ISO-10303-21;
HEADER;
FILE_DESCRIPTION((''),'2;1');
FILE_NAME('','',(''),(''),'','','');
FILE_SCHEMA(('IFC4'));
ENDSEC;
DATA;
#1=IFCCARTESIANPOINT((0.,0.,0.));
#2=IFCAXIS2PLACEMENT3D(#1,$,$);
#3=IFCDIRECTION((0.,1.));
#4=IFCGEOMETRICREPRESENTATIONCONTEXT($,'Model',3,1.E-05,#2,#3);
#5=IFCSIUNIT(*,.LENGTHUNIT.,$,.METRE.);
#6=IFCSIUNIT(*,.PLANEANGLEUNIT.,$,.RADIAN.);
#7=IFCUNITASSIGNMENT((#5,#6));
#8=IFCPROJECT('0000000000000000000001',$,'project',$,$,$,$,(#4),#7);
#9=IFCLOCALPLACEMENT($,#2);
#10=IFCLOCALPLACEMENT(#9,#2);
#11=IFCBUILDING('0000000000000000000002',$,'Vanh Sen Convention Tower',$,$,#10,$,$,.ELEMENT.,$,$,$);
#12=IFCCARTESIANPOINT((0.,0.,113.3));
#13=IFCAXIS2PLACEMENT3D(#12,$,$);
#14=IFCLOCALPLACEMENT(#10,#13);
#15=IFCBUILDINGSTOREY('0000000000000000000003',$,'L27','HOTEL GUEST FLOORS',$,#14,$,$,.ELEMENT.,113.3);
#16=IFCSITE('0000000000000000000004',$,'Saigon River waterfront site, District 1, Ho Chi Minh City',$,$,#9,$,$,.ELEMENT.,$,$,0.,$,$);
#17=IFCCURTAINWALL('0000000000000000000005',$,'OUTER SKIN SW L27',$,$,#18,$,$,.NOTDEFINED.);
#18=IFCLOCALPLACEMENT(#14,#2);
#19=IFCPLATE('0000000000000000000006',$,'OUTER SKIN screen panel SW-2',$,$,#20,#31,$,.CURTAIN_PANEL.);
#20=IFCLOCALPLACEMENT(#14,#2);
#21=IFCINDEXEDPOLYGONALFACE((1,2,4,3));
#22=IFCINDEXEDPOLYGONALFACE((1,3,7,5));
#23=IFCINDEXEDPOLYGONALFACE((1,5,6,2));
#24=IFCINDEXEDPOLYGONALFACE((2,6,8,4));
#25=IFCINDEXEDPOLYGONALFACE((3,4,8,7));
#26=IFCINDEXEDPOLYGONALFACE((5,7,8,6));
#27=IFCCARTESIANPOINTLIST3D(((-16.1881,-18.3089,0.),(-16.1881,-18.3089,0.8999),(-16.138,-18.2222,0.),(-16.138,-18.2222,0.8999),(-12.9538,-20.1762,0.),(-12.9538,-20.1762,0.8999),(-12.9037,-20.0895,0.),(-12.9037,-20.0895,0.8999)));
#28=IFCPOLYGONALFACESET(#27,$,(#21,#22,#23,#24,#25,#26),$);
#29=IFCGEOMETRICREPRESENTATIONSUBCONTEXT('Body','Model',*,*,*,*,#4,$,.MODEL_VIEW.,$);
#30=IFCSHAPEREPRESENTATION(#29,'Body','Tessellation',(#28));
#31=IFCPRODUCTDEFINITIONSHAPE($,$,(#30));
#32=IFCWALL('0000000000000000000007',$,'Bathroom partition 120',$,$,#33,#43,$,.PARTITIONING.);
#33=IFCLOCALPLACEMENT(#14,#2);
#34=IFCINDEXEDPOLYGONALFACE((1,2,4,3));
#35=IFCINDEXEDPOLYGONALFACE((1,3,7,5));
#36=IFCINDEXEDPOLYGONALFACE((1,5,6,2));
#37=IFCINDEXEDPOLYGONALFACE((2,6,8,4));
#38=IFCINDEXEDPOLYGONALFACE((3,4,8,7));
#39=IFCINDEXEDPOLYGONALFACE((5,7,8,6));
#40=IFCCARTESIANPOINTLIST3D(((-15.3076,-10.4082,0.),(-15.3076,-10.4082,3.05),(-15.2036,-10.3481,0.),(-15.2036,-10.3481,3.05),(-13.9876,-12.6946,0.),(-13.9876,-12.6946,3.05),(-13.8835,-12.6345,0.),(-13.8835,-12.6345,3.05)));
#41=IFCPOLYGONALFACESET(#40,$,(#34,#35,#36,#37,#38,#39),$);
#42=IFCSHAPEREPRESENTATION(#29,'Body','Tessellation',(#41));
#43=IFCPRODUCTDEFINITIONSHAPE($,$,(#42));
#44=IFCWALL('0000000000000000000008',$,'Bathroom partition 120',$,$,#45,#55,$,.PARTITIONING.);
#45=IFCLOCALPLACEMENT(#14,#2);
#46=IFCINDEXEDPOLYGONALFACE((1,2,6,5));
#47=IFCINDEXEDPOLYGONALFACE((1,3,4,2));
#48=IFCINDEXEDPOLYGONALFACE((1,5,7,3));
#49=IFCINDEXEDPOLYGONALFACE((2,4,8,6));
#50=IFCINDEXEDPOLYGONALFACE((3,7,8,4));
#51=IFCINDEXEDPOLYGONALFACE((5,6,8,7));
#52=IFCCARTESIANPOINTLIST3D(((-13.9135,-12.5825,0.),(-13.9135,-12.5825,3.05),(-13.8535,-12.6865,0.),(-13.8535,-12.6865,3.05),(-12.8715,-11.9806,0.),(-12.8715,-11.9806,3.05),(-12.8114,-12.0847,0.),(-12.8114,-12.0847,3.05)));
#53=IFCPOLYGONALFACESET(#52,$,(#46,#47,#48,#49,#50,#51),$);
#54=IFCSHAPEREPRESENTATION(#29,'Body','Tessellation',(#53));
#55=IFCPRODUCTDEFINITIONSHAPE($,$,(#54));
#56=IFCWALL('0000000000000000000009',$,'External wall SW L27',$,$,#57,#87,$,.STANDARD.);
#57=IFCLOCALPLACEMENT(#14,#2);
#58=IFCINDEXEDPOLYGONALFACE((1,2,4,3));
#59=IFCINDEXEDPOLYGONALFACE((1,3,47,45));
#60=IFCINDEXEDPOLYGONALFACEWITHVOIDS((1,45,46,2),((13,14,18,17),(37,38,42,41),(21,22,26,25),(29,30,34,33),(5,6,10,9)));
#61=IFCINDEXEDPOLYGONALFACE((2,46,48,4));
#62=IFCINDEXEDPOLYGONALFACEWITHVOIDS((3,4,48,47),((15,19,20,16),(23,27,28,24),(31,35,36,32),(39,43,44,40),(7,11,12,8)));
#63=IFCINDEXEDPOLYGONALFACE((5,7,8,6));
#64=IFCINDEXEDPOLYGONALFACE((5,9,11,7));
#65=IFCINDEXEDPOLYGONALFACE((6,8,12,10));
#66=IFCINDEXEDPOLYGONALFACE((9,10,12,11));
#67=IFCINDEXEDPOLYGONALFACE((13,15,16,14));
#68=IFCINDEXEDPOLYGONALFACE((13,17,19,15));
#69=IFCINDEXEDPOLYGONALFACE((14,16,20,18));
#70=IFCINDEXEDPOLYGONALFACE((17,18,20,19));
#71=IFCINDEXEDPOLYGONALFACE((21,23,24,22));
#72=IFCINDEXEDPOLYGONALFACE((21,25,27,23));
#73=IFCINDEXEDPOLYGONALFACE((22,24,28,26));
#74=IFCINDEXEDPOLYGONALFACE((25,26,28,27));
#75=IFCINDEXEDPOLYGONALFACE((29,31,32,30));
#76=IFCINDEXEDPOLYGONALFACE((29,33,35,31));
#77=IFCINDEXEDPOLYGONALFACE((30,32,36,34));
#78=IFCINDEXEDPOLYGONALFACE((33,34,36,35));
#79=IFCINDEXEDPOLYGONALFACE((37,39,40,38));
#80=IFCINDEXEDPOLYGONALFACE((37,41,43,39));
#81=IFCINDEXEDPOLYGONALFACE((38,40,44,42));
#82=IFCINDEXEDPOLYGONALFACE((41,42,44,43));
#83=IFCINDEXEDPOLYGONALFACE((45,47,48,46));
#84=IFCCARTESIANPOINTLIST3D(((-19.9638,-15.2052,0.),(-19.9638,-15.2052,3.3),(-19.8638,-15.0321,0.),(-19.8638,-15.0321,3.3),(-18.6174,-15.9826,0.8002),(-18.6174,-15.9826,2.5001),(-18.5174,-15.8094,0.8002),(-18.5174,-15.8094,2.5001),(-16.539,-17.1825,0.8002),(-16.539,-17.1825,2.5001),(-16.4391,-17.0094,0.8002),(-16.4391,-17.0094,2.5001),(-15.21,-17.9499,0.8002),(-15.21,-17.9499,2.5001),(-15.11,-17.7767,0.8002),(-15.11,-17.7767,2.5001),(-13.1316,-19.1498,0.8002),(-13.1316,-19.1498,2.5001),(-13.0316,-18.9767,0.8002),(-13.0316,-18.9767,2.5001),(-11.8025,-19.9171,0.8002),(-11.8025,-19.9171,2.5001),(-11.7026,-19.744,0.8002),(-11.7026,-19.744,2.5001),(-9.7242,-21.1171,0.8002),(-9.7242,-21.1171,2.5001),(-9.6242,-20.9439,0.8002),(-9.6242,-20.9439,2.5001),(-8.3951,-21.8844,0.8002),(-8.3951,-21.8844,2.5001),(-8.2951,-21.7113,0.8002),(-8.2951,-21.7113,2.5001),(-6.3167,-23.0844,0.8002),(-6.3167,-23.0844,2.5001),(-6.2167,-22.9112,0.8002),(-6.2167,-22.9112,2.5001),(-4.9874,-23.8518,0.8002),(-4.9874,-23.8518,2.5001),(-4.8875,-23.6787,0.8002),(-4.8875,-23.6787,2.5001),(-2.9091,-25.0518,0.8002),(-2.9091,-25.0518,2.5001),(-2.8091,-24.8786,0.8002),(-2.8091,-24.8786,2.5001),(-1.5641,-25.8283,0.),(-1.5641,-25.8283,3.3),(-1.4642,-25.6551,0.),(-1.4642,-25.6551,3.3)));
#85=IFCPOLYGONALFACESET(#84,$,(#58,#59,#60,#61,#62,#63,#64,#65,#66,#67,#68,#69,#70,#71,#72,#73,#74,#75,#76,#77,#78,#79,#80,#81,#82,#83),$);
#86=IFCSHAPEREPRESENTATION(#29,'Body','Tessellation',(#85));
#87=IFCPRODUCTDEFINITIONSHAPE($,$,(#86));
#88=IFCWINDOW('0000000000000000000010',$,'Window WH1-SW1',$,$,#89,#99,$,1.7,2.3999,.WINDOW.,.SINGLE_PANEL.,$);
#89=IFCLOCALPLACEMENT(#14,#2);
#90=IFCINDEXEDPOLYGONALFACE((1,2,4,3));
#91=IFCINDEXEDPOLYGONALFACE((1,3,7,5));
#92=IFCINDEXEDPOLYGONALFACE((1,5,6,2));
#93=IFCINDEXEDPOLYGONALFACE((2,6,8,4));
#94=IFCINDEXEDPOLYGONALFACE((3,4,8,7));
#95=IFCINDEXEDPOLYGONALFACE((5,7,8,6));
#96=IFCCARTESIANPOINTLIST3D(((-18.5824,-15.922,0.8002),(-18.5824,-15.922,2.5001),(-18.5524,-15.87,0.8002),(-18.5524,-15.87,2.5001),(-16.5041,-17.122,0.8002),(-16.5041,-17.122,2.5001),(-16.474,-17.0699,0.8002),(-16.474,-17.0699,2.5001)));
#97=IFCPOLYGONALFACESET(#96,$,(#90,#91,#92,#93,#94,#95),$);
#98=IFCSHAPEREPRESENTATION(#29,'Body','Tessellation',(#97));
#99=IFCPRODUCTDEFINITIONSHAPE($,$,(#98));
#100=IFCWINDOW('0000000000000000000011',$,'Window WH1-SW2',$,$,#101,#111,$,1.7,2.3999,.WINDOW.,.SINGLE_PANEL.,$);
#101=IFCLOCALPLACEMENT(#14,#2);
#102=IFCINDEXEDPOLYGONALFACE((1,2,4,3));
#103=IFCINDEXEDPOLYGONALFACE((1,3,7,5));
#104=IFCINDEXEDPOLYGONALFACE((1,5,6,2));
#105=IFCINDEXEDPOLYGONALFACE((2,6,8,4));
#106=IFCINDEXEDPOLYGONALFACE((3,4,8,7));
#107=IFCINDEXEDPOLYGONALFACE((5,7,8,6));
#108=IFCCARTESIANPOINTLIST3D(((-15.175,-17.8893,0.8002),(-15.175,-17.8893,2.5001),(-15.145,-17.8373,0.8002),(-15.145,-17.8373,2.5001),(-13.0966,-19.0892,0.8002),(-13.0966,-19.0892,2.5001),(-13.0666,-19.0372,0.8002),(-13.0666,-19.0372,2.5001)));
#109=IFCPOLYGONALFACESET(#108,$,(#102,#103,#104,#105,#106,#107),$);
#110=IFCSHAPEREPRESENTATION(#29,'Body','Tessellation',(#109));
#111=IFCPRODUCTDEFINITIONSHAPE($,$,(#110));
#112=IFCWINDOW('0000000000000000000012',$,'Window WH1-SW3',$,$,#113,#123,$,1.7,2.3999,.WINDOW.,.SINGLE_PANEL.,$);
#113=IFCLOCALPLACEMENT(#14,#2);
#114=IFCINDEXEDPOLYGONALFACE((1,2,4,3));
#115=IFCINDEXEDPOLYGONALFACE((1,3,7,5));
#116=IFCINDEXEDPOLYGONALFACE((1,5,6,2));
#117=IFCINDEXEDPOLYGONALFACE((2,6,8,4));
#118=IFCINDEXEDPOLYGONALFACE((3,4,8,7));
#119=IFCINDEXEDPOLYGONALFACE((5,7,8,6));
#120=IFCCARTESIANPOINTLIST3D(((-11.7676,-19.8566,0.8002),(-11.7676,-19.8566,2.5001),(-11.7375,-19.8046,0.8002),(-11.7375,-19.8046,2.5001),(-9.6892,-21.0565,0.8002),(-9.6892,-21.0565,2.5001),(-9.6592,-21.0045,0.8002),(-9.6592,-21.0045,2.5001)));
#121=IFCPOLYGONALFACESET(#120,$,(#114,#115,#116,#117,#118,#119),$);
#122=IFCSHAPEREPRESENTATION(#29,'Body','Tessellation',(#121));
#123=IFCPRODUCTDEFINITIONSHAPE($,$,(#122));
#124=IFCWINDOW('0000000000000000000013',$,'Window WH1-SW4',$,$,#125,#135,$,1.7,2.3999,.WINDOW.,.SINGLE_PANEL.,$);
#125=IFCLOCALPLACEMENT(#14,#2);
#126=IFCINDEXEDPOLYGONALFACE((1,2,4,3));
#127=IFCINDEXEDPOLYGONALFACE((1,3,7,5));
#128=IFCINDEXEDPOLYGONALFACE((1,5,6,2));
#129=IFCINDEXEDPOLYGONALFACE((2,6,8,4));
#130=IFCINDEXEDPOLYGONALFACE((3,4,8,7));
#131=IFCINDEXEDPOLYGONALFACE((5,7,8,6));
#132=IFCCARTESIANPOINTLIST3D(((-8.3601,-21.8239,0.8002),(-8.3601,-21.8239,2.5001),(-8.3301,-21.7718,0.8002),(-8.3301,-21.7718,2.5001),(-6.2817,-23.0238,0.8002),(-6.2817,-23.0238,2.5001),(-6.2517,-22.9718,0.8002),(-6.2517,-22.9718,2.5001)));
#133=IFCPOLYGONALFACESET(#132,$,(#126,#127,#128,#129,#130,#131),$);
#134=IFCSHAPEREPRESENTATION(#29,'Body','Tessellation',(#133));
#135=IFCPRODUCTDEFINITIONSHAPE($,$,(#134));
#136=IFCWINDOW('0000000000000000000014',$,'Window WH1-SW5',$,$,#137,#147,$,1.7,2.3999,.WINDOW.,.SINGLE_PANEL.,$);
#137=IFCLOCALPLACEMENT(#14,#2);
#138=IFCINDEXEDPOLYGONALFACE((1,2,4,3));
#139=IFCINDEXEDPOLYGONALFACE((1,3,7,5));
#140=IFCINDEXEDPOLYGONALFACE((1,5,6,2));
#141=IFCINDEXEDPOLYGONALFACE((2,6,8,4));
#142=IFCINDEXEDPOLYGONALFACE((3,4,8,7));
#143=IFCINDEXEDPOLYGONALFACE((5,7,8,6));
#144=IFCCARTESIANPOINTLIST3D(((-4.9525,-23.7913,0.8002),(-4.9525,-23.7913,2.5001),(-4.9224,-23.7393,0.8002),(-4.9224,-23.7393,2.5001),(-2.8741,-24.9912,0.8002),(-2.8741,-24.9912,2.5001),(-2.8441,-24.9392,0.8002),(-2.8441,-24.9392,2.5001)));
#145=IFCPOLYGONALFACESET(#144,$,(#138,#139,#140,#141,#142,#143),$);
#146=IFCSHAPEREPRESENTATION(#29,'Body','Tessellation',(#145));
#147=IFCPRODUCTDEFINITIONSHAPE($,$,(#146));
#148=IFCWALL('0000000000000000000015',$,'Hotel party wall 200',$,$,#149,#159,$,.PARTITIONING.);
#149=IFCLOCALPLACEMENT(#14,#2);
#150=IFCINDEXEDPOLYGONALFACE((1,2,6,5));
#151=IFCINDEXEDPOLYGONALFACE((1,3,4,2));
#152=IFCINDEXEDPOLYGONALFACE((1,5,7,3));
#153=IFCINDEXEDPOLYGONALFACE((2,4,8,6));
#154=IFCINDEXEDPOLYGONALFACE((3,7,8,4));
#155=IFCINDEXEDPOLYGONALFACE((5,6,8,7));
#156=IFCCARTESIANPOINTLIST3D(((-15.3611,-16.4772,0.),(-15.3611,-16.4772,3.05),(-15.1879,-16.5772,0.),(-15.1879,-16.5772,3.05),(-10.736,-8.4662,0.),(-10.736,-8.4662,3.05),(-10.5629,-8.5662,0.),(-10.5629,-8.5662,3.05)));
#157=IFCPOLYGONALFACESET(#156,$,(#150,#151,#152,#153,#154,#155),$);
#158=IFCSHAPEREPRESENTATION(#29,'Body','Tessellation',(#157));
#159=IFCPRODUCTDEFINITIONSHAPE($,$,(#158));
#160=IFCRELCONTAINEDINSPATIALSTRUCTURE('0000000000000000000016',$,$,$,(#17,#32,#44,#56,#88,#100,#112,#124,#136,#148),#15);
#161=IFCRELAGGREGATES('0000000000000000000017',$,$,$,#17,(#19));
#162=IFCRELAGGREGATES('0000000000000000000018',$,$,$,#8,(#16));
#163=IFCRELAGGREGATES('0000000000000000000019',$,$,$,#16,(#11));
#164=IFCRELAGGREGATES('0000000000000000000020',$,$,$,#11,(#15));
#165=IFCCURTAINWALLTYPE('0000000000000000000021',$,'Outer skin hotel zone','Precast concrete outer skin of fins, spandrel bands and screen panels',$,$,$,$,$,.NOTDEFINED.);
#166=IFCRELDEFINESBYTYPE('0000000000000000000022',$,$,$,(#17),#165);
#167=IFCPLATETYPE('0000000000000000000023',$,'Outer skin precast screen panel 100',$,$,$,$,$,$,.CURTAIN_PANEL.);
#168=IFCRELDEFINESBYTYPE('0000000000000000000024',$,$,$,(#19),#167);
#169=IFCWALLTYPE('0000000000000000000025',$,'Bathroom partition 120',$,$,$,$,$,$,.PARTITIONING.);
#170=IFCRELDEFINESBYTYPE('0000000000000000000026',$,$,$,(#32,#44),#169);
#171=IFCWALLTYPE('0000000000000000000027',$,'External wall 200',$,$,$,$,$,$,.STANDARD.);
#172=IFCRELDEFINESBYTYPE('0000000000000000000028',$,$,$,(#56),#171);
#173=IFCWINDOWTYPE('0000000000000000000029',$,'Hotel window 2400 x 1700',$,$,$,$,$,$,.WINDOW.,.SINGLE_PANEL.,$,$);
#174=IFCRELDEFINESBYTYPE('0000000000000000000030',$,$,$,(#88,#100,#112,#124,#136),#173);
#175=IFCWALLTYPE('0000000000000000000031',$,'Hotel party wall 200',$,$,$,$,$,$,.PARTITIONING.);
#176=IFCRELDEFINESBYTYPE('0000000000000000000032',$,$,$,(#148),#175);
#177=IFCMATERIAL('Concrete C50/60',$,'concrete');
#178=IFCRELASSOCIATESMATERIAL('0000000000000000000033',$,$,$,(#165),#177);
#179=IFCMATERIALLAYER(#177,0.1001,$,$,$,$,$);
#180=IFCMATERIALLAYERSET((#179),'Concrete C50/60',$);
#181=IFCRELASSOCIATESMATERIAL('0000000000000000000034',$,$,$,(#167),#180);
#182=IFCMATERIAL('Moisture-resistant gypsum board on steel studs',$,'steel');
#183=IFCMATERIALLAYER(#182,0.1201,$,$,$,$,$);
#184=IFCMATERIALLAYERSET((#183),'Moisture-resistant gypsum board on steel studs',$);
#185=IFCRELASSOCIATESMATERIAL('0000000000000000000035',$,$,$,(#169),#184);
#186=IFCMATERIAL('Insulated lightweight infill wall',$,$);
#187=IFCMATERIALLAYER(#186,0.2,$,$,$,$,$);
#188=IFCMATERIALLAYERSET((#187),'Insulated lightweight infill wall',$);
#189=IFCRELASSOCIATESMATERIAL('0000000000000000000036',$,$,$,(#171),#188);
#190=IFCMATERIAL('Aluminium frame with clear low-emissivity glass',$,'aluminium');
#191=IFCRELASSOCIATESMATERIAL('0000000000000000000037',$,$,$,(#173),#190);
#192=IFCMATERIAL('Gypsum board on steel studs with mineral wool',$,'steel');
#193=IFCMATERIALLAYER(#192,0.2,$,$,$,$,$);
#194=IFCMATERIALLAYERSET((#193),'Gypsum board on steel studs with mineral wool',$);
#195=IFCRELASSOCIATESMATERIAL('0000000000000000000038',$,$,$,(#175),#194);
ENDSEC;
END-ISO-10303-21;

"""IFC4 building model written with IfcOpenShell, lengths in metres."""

from ifc_helpers import new_model, si_unit, direction, frame, frame_2d, origin, origin_2d, place, context, subcontext, project, spatial, rectangle, extrude, material, layer, layer_set, type_object, element, fill, aggregate, save


model = new_model("IFC4")

# Units and contexts
model_context = context("Model", 3, precision=1e-05, world=origin(), true_north=direction((0.0, 1.0)))
body_context = subcontext(model_context, "Body", "Model", "MODEL_VIEW")
ifc_project = project(units=[si_unit("LENGTHUNIT", "METRE"), si_unit("PLANEANGLEUNIT", "RADIAN")], contexts=[model_context])

# Site, building, storey
site_placement = place(None, origin())
site = spatial("IfcSite", under=ifc_project, at=site_placement, Name="Saigon River waterfront site, District 1, Ho Chi Minh City", CompositionType="ELEMENT", RefElevation=0.0)
building_placement = place(site_placement, origin())
building = spatial("IfcBuilding", under=site, at=building_placement, Name="Vanh Sen Convention Tower", CompositionType="ELEMENT")
storey_placement = place(building_placement, frame((0.0, 0.0, 113.3)))
storey = spatial("IfcBuildingStorey", under=building, at=storey_placement, Name="L27", Description="HOTEL GUEST FLOORS", CompositionType="ELEMENT", Elevation=113.3)

# Curtain wall
ifc_material_1 = material(Name="Concrete C50/60", Category="concrete")
curtain_wall_type = type_object("IfcCurtainWallType", Name="Outer skin hotel zone", Description="Precast concrete outer skin of fins, spandrel bands and screen panels", PredefinedType="NOTDEFINED", material=ifc_material_1)
curtain_wall_1_placement = place(storey_placement, origin())
curtain_wall_1 = element("IfcCurtainWall", 1, at=curtain_wall_1_placement, inside=storey, type_object=curtain_wall_type, Name="OUTER SKIN SW L27", PredefinedType="NOTDEFINED")

# Shared definitions
ifc_layer_1 = layer(ifc_material_1, 0.1001)
ifc_layer_set_1 = layer_set([ifc_layer_1], Name="Concrete C50/60")
plate_type = type_object("IfcPlateType", Name="Outer skin precast screen panel 100", PredefinedType="CURTAIN_PANEL", material=ifc_layer_set_1)

# Plate
plate_1_placement = place(storey_placement, frame((-14.5459, -19.1992, 0.0), z_axis=(0.0, 0.0, 1.0), x_axis=(0.866032, -0.499988, 0.0)))
plate_1 = element("IfcPlate", 2, at=plate_1_placement, type_object=plate_type, Name="OUTER SKIN screen panel SW-2", PredefinedType="CURTAIN_PANEL", context=body_context, shape_type="SweptSolid", body=[
    extrude(rectangle(XDim=3.7346, YDim=0.1001, at=origin_2d()), origin(), (0.0, 0.0, 1.0), 0.8999),
])
aggregate(curtain_wall_1, [plate_1])

# Walls
ifc_material_2 = material(Name="Moisture-resistant gypsum board on steel studs", Category="steel")
ifc_layer_2 = layer(ifc_material_2, 0.1201)
ifc_layer_set_2 = layer_set([ifc_layer_2], Name="Moisture-resistant gypsum board on steel studs")
wall_type_1 = type_object("IfcWallType", Name="Bathroom partition 120", PredefinedType="PARTITIONING", material=ifc_layer_set_2)
wall_1_placement = place(storey_placement, frame((-13.9355, -12.6646, 0.0), z_axis=(0.0, 0.0, 1.0), x_axis=(-0.500008, 0.866021, 0.0)))
element("IfcWall", 3, at=wall_1_placement, inside=storey, type_object=wall_type_1, Name="Bathroom partition 120", PredefinedType="PARTITIONING", context=body_context, shape_type="SweptSolid", body=[
    extrude(rectangle(XDim=2.6401, YDim=0.1201, at=frame_2d((1.3201, 0.0))), origin(), (0.0, 0.0, 1.0), 3.05),
])
wall_2_placement = place(storey_placement, frame((-12.8416, -12.0327, 0.0), z_axis=(0.0, 0.0, 1.0), x_axis=(-0.865949, -0.500132, 0.0)))
element("IfcWall", 4, at=wall_2_placement, inside=storey, type_object=wall_type_1, Name="Bathroom partition 120", PredefinedType="PARTITIONING", context=body_context, shape_type="SweptSolid", body=[
    extrude(rectangle(XDim=1.2034, YDim=0.1201, at=frame_2d((0.6016, 0.0))), origin(), (0.0, 0.0, 1.0), 3.05),
])

# Wall, openings, windows
ifc_material_3 = material(Name="Insulated lightweight infill wall")
ifc_layer_3 = layer(ifc_material_3, 0.2)
ifc_layer_set_3 = layer_set([ifc_layer_3], Name="Insulated lightweight infill wall")
wall_type_2 = type_object("IfcWallType", Name="External wall 200", PredefinedType="STANDARD", material=ifc_layer_set_3)
wall_3_placement = place(storey_placement, frame((-19.9138, -15.1187, 0.0), z_axis=(0.0, 0.0, 1.0), x_axis=(0.866025, -0.5, 0.0)))
wall_3 = element("IfcWall", 5, at=wall_3_placement, inside=storey, type_object=wall_type_2, Name="External wall SW L27", PredefinedType="STANDARD", context=body_context, shape_type="SweptSolid", body=[
    extrude(rectangle(XDim=21.2461, YDim=0.2, at=frame_2d((10.623, 0.0))), origin(), (0.0, 0.0, 1.0), 3.3),
])
opening_1_placement = place(wall_3_placement, frame((1.5547, 0.0, 0.8)))
opening_1 = element("IfcOpeningElement", 6, at=opening_1_placement, cuts=wall_3, PredefinedType="OPENING", context=body_context, shape_type="SweptSolid", body=[
    extrude(rectangle(XDim=2.3999, YDim=1.7, at=frame_2d((1.2, 0.8501))), frame((0.0, 0.1099, 0.0), z_axis=(0.0, -1.0, 0.0), x_axis=(1.0, 0.0, 0.0)), (0.0, 0.0, 1.0), 0.22),
])
opening_2_placement = place(wall_3_placement, frame((5.4893, 0.0, 0.8)))
opening_2 = element("IfcOpeningElement", 7, at=opening_2_placement, cuts=wall_3, PredefinedType="OPENING", context=body_context, shape_type="SweptSolid", body=[
    extrude(rectangle(XDim=2.3999, YDim=1.7, at=frame_2d((1.2, 0.8501))), frame((0.0, 0.1099, 0.0), z_axis=(0.0, -1.0, 0.0), x_axis=(1.0, 0.0, 0.0)), (0.0, 0.0, 1.0), 0.22),
])
opening_3_placement = place(wall_3_placement, frame((9.4238, 0.0, 0.8)))
opening_3 = element("IfcOpeningElement", 8, at=opening_3_placement, cuts=wall_3, PredefinedType="OPENING", context=body_context, shape_type="SweptSolid", body=[
    extrude(rectangle(XDim=2.3999, YDim=1.7, at=frame_2d((1.2, 0.8501))), frame((0.0, 0.1099, 0.0), z_axis=(0.0, -1.0, 0.0), x_axis=(1.0, 0.0, 0.0)), (0.0, 0.0, 1.0), 0.22),
])
opening_4_placement = place(wall_3_placement, frame((13.3584, 0.0, 0.8)))
opening_4 = element("IfcOpeningElement", 9, at=opening_4_placement, cuts=wall_3, PredefinedType="OPENING", context=body_context, shape_type="SweptSolid", body=[
    extrude(rectangle(XDim=2.3999, YDim=1.7, at=frame_2d((1.2, 0.8501))), frame((0.0, 0.1099, 0.0), z_axis=(0.0, -1.0, 0.0), x_axis=(1.0, 0.0, 0.0)), (0.0, 0.0, 1.0), 0.22),
])
opening_5_placement = place(wall_3_placement, frame((17.2932, 0.0, 0.8)))
opening_5 = element("IfcOpeningElement", 10, at=opening_5_placement, cuts=wall_3, PredefinedType="OPENING", context=body_context, shape_type="SweptSolid", body=[
    extrude(rectangle(XDim=2.3999, YDim=1.7, at=frame_2d((1.2, 0.8501))), frame((0.0, 0.1099, 0.0), z_axis=(0.0, -1.0, 0.0), x_axis=(1.0, 0.0, 0.0)), (0.0, 0.0, 1.0), 0.22),
])
ifc_material_4 = material(Name="Aluminium frame with clear low-emissivity glass", Category="aluminium")
window_type = type_object("IfcWindowType", Name="Hotel window 2400 x 1700", PartitioningType="SINGLE_PANEL", PredefinedType="WINDOW", material=ifc_material_4)
window_1_placement = place(opening_1_placement, origin())
window_1 = element("IfcWindow", 11, at=window_1_placement, inside=storey, type_object=window_type, Name="Window WH1-SW1", OverallHeight=1.7, OverallWidth=2.3999, PartitioningType="SINGLE_PANEL", PredefinedType="WINDOW", context=body_context, shape_type="SweptSolid", body=[
    extrude(rectangle(XDim=2.3999, YDim=1.7, at=frame_2d((1.2, 0.8501))), frame((0.0, 0.03, 0.0), z_axis=(0.0, -1.0, 0.0), x_axis=(1.0, 0.0, 0.0)), (0.0, 0.0, 1.0), 0.0601),
])
fill(opening_1, window_1)
window_2_placement = place(opening_2_placement, origin())
window_2 = element("IfcWindow", 12, at=window_2_placement, inside=storey, type_object=window_type, Name="Window WH1-SW2", OverallHeight=1.7, OverallWidth=2.3999, PartitioningType="SINGLE_PANEL", PredefinedType="WINDOW", context=body_context, shape_type="SweptSolid", body=[
    extrude(rectangle(XDim=2.3999, YDim=1.7, at=frame_2d((1.2, 0.8501))), frame((0.0, 0.03, 0.0), z_axis=(0.0, -1.0, 0.0), x_axis=(1.0, 0.0, 0.0)), (0.0, 0.0, 1.0), 0.0601),
])
fill(opening_2, window_2)
window_3_placement = place(opening_3_placement, origin())
window_3 = element("IfcWindow", 13, at=window_3_placement, inside=storey, type_object=window_type, Name="Window WH1-SW3", OverallHeight=1.7, OverallWidth=2.3999, PartitioningType="SINGLE_PANEL", PredefinedType="WINDOW", context=body_context, shape_type="SweptSolid", body=[
    extrude(rectangle(XDim=2.3999, YDim=1.7, at=frame_2d((1.2, 0.8501))), frame((0.0, 0.03, 0.0), z_axis=(0.0, -1.0, 0.0), x_axis=(1.0, 0.0, 0.0)), (0.0, 0.0, 1.0), 0.0601),
])
fill(opening_3, window_3)
window_4_placement = place(opening_4_placement, origin())
window_4 = element("IfcWindow", 14, at=window_4_placement, inside=storey, type_object=window_type, Name="Window WH1-SW4", OverallHeight=1.7, OverallWidth=2.3999, PartitioningType="SINGLE_PANEL", PredefinedType="WINDOW", context=body_context, shape_type="SweptSolid", body=[
    extrude(rectangle(XDim=2.3999, YDim=1.7, at=frame_2d((1.2, 0.8501))), frame((0.0, 0.03, 0.0), z_axis=(0.0, -1.0, 0.0), x_axis=(1.0, 0.0, 0.0)), (0.0, 0.0, 1.0), 0.0601),
])
fill(opening_4, window_4)
window_5_placement = place(opening_5_placement, origin())
window_5 = element("IfcWindow", 15, at=window_5_placement, inside=storey, type_object=window_type, Name="Window WH1-SW5", OverallHeight=1.7, OverallWidth=2.3999, PartitioningType="SINGLE_PANEL", PredefinedType="WINDOW", context=body_context, shape_type="SweptSolid", body=[
    extrude(rectangle(XDim=2.3999, YDim=1.7, at=frame_2d((1.2, 0.8501))), frame((0.0, 0.03, 0.0), z_axis=(0.0, -1.0, 0.0), x_axis=(1.0, 0.0, 0.0)), (0.0, 0.0, 1.0), 0.0601),
])
fill(opening_5, window_5)

# Wall
ifc_material_5 = material(Name="Gypsum board on steel studs with mineral wool", Category="steel")
ifc_layer_4 = layer(ifc_material_5, 0.2)
ifc_layer_set_4 = layer_set([ifc_layer_4], Name="Gypsum board on steel studs with mineral wool")
wall_type_3 = type_object("IfcWallType", Name="Hotel party wall 200", PredefinedType="PARTITIONING", material=ifc_layer_set_4)
wall_4_placement = place(storey_placement, frame((-15.2744, -16.5271, 0.0), z_axis=(0.0, 0.0, 1.0), x_axis=(0.499988, 0.866032, 0.0)))
element("IfcWall", 16, at=wall_4_placement, inside=storey, type_object=wall_type_3, Name="Hotel party wall 200", PredefinedType="PARTITIONING", context=body_context, shape_type="SweptSolid", body=[
    extrude(rectangle(XDim=9.2502, YDim=0.2, at=frame_2d((4.625, 0.0))), origin(), (0.0, 0.0, 1.0), 3.05),
])

save(model, "model.ifc")
